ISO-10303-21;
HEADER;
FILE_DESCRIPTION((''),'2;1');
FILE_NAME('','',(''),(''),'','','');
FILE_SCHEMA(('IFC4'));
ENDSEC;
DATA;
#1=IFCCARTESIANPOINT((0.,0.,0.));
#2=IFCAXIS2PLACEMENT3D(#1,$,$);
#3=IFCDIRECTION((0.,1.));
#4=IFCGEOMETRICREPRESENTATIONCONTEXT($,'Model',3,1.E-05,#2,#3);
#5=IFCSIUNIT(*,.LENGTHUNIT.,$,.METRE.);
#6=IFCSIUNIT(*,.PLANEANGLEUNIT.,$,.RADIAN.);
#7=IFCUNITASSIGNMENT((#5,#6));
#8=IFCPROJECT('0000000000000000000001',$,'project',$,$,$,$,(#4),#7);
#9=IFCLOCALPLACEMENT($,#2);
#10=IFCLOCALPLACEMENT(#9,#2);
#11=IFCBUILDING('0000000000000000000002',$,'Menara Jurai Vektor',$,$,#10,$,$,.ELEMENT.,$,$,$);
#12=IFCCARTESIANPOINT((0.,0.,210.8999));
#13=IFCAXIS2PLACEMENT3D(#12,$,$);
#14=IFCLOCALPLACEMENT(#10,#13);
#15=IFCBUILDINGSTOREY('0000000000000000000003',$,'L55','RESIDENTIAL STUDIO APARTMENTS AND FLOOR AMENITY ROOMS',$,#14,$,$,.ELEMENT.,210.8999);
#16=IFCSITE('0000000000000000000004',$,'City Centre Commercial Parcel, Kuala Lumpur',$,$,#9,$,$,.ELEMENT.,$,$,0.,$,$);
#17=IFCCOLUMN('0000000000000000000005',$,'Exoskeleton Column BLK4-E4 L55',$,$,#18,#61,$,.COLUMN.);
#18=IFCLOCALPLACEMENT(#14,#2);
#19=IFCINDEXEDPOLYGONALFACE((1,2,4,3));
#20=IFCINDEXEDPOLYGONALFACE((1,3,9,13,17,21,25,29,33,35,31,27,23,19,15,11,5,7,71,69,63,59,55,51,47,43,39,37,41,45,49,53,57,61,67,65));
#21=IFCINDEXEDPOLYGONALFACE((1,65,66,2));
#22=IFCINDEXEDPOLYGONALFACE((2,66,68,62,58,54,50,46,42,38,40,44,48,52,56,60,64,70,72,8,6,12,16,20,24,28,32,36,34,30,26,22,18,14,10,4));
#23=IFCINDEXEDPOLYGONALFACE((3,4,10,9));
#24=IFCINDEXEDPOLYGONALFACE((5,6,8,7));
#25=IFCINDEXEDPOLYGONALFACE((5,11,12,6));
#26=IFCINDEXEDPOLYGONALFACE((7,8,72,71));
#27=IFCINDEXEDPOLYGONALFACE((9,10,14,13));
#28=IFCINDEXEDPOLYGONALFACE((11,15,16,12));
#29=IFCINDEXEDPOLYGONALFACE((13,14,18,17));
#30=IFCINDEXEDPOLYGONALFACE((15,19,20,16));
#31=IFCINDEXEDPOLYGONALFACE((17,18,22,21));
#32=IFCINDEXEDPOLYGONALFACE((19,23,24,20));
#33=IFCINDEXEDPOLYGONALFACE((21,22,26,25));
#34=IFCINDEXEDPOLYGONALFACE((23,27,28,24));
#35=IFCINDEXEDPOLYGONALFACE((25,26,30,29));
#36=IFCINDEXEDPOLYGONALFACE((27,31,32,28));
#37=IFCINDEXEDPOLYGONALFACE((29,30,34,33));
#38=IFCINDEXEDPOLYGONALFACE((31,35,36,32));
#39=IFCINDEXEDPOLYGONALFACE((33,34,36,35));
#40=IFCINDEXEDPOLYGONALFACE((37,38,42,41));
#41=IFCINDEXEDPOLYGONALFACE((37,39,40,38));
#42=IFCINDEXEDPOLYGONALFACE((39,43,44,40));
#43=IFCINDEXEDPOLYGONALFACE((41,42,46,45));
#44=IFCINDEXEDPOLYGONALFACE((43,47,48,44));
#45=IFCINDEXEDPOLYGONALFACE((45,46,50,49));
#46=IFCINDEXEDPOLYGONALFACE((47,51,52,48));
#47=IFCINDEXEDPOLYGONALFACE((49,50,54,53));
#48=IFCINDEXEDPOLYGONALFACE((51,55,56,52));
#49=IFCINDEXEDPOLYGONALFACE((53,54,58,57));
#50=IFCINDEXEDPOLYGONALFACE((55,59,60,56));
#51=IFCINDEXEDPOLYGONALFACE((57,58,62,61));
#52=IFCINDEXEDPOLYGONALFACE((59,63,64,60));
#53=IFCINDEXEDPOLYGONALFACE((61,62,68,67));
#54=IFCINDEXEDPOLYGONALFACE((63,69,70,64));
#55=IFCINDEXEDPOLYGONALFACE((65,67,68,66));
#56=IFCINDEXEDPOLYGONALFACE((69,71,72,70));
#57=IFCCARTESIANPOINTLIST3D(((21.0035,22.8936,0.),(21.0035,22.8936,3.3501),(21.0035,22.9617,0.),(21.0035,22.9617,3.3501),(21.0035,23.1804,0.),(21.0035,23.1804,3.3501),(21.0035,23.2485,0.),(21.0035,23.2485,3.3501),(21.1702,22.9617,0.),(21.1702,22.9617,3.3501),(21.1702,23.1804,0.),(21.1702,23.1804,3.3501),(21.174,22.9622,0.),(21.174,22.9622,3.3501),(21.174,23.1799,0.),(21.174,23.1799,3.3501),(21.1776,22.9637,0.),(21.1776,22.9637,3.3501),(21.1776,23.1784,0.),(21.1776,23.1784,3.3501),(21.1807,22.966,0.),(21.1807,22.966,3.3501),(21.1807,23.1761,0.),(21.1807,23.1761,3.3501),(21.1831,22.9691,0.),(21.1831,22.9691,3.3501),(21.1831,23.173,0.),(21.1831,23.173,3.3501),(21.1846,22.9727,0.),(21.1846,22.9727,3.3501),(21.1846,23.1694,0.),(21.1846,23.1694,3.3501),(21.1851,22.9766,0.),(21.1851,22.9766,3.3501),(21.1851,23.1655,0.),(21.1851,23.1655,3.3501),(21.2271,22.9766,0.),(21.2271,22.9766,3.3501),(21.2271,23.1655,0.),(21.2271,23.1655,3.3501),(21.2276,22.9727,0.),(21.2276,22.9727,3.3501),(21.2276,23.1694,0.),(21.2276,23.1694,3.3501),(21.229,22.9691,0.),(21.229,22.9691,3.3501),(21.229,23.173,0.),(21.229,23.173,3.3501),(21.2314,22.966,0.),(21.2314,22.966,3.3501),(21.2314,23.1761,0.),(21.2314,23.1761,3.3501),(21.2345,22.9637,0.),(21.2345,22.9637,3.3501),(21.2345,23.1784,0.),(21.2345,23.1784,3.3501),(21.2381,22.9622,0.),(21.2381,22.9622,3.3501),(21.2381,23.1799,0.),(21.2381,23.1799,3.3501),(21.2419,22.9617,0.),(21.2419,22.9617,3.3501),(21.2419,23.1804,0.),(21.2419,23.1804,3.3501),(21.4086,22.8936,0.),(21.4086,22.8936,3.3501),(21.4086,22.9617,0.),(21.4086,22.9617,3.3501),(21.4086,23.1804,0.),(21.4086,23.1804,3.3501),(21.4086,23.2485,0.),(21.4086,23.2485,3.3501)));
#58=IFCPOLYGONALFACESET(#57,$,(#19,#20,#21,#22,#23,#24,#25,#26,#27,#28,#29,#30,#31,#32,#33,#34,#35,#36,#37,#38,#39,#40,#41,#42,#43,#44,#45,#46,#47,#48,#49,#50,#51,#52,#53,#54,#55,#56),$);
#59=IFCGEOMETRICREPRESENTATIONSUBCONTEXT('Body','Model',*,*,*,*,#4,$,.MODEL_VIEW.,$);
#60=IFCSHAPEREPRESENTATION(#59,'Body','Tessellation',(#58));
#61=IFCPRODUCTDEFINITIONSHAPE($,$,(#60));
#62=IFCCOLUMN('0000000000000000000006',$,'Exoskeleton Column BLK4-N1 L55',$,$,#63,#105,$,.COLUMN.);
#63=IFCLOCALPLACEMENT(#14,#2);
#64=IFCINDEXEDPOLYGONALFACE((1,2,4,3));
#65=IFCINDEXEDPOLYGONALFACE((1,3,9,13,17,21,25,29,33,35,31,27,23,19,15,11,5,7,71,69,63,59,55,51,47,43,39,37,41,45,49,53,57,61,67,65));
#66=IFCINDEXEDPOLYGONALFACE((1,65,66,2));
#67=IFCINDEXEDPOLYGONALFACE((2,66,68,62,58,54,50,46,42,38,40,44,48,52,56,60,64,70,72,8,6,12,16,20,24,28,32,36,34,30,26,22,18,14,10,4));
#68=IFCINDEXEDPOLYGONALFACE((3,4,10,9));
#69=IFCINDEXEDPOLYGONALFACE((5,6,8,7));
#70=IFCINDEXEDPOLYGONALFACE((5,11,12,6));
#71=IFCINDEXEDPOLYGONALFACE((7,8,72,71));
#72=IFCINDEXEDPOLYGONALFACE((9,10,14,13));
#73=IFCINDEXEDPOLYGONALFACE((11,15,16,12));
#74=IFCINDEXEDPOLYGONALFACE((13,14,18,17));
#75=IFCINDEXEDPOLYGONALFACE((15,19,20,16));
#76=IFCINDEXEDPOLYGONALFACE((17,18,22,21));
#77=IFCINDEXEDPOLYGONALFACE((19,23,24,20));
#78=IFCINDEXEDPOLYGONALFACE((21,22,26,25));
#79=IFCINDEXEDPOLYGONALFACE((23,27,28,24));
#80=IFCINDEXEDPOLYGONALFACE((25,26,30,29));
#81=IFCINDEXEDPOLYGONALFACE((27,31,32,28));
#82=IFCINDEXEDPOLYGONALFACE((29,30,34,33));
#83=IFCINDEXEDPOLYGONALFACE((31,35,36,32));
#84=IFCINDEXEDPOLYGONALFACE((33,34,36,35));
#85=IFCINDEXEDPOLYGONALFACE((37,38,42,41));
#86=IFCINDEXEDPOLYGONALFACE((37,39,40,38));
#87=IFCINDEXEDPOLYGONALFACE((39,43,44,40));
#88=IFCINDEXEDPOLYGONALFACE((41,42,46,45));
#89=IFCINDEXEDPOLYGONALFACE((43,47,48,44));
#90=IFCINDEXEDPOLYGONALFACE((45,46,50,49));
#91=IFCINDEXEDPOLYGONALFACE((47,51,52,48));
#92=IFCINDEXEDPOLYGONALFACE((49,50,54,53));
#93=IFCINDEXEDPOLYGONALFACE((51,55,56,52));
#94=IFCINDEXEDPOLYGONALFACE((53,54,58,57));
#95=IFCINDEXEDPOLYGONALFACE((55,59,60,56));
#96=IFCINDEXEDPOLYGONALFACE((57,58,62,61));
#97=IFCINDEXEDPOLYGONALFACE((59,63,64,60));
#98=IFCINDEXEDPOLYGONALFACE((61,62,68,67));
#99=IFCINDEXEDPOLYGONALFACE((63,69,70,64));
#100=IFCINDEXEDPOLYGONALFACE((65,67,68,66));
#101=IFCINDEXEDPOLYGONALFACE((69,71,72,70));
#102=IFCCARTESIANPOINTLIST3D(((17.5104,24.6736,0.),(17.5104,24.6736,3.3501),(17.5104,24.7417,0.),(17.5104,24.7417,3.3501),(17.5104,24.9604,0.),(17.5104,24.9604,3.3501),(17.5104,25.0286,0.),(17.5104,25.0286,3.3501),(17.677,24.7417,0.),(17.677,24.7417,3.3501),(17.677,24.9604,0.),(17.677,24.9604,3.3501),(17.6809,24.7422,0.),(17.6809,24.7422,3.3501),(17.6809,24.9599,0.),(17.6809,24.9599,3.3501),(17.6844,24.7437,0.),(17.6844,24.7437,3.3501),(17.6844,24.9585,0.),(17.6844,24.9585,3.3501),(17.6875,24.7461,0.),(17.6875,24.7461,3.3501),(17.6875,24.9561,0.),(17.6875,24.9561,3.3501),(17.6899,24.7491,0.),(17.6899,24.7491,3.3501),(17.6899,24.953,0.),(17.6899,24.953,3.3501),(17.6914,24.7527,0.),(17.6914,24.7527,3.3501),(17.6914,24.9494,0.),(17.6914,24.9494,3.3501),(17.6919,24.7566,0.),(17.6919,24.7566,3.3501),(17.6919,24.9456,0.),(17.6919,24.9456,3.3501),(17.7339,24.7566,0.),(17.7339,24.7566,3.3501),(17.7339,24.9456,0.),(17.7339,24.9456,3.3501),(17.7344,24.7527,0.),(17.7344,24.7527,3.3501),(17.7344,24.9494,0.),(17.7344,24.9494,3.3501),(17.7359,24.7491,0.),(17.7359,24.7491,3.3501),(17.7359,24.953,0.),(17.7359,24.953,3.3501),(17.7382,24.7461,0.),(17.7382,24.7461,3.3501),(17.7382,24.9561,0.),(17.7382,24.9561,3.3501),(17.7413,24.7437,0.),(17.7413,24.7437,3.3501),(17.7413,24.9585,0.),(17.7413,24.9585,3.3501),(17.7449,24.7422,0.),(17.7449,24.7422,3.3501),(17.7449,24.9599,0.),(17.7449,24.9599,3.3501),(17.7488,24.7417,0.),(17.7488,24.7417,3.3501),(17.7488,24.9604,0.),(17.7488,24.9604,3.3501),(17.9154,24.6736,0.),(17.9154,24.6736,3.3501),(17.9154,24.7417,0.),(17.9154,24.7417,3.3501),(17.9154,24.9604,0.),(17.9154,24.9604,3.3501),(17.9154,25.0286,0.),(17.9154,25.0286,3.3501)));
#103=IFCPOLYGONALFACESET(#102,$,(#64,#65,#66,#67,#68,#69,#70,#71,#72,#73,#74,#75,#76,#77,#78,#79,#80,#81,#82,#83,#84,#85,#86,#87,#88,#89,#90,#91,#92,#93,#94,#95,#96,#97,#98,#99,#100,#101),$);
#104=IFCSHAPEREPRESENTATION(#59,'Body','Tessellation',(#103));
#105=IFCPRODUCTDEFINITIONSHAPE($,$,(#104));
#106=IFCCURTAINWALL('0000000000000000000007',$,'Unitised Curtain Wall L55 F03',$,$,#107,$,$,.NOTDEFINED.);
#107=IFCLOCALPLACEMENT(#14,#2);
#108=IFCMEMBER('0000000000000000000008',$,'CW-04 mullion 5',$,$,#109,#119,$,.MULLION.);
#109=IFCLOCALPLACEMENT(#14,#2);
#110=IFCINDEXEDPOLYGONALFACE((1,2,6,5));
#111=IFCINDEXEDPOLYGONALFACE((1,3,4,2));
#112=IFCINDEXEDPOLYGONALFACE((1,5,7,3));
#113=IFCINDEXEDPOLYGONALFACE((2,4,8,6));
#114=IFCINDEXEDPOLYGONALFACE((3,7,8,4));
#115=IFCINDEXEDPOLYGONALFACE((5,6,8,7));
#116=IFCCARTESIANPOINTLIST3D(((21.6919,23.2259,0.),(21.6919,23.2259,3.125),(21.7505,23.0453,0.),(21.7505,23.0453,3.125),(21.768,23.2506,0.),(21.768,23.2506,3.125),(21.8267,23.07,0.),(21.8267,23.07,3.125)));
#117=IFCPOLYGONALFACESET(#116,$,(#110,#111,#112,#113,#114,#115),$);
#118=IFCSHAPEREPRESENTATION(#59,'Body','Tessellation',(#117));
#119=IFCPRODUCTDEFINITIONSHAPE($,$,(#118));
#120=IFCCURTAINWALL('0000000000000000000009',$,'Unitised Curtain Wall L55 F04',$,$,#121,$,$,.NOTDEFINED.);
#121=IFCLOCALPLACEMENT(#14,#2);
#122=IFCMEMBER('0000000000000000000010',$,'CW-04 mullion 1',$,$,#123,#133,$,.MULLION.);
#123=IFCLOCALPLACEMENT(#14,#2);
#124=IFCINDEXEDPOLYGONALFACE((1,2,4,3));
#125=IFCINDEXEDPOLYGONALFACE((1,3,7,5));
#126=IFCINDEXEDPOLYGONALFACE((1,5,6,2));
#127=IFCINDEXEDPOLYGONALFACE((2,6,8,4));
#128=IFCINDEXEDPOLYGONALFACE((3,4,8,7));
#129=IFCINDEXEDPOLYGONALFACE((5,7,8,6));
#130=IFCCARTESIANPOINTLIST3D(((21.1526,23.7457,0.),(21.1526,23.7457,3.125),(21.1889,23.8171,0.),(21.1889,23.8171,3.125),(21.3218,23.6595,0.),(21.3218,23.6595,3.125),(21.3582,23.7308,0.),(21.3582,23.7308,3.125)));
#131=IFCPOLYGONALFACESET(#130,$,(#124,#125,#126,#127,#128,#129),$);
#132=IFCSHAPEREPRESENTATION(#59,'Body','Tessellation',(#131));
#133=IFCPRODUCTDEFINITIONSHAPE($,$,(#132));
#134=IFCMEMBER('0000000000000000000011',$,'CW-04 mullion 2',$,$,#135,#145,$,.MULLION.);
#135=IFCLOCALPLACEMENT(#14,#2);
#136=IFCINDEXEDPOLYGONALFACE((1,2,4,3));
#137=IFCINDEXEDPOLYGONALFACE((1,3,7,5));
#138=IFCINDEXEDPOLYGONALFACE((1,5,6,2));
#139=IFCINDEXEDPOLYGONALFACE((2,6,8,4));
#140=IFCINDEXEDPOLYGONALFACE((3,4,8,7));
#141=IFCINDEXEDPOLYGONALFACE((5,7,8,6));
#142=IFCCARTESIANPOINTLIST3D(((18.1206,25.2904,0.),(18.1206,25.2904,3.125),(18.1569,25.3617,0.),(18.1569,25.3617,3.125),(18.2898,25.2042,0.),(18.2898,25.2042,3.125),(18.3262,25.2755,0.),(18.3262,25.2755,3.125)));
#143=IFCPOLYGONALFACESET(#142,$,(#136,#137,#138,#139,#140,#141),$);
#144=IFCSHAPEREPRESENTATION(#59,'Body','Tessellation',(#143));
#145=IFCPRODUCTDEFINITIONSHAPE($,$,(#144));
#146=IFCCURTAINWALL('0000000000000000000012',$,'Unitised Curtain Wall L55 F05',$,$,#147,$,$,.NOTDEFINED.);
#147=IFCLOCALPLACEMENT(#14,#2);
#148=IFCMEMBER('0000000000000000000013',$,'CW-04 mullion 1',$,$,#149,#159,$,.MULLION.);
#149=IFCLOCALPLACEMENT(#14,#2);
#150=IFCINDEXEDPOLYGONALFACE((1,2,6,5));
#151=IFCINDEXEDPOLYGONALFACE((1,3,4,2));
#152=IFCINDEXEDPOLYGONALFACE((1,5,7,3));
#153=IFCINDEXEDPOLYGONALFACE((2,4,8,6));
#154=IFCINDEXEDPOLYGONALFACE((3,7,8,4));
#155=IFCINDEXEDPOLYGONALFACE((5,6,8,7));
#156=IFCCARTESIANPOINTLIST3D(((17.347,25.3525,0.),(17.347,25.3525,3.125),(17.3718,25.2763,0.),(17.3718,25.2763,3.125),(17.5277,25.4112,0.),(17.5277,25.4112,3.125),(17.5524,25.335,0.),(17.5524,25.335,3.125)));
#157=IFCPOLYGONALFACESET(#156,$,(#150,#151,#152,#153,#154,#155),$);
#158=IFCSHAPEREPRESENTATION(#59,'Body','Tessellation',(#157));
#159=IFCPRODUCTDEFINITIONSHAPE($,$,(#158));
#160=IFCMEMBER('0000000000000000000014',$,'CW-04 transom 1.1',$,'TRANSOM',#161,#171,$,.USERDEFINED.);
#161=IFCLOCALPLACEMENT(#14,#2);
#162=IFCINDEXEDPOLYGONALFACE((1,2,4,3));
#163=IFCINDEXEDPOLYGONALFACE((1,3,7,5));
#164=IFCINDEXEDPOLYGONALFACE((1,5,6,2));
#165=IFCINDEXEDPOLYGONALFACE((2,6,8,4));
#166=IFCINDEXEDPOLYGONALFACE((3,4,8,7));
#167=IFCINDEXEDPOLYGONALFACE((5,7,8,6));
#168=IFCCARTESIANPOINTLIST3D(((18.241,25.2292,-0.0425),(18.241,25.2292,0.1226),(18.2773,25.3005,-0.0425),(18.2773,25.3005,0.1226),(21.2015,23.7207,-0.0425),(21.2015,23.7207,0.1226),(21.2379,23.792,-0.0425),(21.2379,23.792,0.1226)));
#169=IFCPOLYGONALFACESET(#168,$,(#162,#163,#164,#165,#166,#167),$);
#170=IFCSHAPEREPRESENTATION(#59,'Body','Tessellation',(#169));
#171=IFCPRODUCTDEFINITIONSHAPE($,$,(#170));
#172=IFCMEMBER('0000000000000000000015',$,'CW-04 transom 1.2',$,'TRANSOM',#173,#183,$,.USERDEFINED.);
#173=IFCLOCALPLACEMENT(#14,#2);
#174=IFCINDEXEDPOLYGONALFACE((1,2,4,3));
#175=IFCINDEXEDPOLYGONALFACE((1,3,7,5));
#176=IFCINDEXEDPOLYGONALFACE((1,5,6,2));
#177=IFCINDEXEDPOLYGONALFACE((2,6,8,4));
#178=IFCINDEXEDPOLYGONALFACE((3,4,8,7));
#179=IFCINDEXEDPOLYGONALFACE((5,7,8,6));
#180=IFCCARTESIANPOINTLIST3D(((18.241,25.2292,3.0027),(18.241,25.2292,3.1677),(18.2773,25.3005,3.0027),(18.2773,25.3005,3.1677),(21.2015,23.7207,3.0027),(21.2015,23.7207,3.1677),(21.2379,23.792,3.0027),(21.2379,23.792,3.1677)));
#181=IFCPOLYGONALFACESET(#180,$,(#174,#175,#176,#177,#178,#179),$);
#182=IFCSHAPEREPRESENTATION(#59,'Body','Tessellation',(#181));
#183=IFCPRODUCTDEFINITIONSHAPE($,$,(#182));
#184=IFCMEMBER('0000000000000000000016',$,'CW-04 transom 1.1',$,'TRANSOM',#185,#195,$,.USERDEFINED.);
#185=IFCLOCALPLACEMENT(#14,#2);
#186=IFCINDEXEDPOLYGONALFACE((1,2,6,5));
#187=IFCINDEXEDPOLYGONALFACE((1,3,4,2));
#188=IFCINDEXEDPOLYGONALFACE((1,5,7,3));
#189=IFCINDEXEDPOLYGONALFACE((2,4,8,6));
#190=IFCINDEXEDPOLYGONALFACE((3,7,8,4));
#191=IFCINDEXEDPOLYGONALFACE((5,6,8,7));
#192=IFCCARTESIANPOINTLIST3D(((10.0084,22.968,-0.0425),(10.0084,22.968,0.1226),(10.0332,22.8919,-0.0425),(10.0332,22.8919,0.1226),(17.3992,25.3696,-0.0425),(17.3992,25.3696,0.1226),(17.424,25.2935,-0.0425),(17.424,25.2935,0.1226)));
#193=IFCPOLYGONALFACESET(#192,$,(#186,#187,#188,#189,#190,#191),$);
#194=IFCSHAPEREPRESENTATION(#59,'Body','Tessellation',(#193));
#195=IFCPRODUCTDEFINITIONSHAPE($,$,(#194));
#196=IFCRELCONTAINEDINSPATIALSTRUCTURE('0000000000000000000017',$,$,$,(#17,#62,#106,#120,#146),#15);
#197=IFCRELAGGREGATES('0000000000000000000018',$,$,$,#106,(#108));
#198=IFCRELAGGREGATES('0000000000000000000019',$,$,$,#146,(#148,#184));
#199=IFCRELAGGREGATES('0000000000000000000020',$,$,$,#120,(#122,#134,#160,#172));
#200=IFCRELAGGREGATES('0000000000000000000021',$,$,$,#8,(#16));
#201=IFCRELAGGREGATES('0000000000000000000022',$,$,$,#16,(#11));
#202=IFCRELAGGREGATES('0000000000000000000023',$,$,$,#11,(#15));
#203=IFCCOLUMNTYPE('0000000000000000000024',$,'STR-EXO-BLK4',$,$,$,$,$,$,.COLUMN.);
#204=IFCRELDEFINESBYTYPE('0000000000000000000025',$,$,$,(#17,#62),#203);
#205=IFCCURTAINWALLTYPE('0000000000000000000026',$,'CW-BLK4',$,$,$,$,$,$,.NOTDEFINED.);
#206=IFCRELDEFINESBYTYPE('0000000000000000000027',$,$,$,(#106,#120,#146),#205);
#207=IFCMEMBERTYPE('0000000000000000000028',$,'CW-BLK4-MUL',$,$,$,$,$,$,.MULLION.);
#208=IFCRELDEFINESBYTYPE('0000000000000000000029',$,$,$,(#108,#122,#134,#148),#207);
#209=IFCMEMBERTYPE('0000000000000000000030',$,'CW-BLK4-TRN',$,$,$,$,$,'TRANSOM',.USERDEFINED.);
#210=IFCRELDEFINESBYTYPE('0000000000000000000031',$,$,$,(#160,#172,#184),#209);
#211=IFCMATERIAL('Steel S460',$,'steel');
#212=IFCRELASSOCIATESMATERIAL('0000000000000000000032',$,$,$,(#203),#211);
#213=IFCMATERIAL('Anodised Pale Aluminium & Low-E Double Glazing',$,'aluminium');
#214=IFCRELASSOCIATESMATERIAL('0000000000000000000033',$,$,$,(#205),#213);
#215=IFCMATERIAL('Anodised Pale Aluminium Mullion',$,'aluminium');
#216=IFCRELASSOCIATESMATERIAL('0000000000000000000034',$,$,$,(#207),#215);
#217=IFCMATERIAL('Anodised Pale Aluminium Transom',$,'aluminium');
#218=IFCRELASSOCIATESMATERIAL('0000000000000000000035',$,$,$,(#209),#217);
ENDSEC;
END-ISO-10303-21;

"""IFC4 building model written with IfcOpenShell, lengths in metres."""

from ifc_helpers import new_model, si_unit, direction, frame, origin, origin_2d, place, context, subcontext, project, spatial, rectangle, i_section, extrude, material, material_profile, profile_set, type_object, element, aggregate, save


model = new_model("IFC4")

# Units and contexts
model_context = context("Model", 3, precision=1e-05, world=origin(), true_north=direction((0.0, 1.0)))
body_context = subcontext(model_context, "Body", "Model", "MODEL_VIEW")
ifc_project = project(units=[si_unit("LENGTHUNIT", "METRE"), si_unit("PLANEANGLEUNIT", "RADIAN")], contexts=[model_context])

# Site, building, storey
site_placement = place(None, origin())
site = spatial("IfcSite", under=ifc_project, at=site_placement, Name="City Centre Commercial Parcel, Kuala Lumpur", CompositionType="ELEMENT", RefElevation=0.0)
building_placement = place(site_placement, origin())
building = spatial("IfcBuilding", under=site, at=building_placement, Name="Menara Jurai Vektor", CompositionType="ELEMENT")
storey_placement = place(building_placement, frame((0.0, 0.0, 210.8999)))
storey = spatial("IfcBuildingStorey", under=building, at=storey_placement, Name="L55", Description="RESIDENTIAL STUDIO APARTMENTS AND FLOOR AMENITY ROOMS", CompositionType="ELEMENT", Elevation=210.8999)

# Columns
ifc_material_1 = material(Name="Steel S460", Category="steel")
ifc_material_profile_1 = material_profile(ifc_material_1, i_section(OverallWidth=0.405, OverallDepth=0.355, WebThickness=0.042, FlangeThickness=0.0681, FilletRadius=0.0149, at=origin_2d()), Name="HD 400x551")
ifc_profile_set_1 = profile_set([ifc_material_profile_1], Name="Steel S460")
column_type = type_object("IfcColumnType", Name="STR-EXO-BLK4", PredefinedType="COLUMN", material=ifc_profile_set_1)
for number, where, z_axis, x_axis, name in (
    (1, (21.2061, 23.071, 0.0), (0.0, 0.0, 1.0), (1.0, 0.0, 0.0), "Exoskeleton Column BLK4-E4 L55"),
    (2, (17.7129, 24.8511, 0.0), (0.0, 0.0, 1.0), (1.0, 0.0, 0.0), "Exoskeleton Column BLK4-N1 L55"),
):
    element("IfcColumn", number, at=place(storey_placement, frame(where, z_axis=z_axis, x_axis=x_axis)), inside=storey, type_object=column_type, Name=name, PredefinedType="COLUMN", context=body_context, shape_type="SweptSolid", body=[
        extrude(i_section(OverallWidth=0.405, OverallDepth=0.355, WebThickness=0.042, FlangeThickness=0.0681, FilletRadius=0.0149, at=origin_2d()), origin(), (0.0, 0.0, 1.0), 3.3501),
    ])

# Curtain wall, member
ifc_material_2 = material(Name="Anodised Pale Aluminium & Low-E Double Glazing", Category="aluminium")
curtain_wall_type = type_object("IfcCurtainWallType", Name="CW-BLK4", PredefinedType="NOTDEFINED", material=ifc_material_2)
curtain_wall_1_placement = place(storey_placement, origin())
curtain_wall_1 = element("IfcCurtainWall", 3, at=curtain_wall_1_placement, inside=storey, type_object=curtain_wall_type, Name="Unitised Curtain Wall L55 F03", PredefinedType="NOTDEFINED")
ifc_material_3 = material(Name="Anodised Pale Aluminium Mullion", Category="aluminium")
ifc_material_profile_2 = material_profile(ifc_material_3, rectangle(XDim=0.0801, YDim=0.1899, at=origin_2d()), Name="ALU MUL 80x190")
ifc_profile_set_2 = profile_set([ifc_material_profile_2], Name="Anodised Pale Aluminium Mullion")
member_type_1 = type_object("IfcMemberType", Name="CW-BLK4-MUL", PredefinedType="MULLION", material=ifc_profile_set_2)
member_1_placement = place(storey_placement, frame((21.7593, 23.1479, 0.0), z_axis=(0.0, 0.0, 1.0), x_axis=(-0.951057, -0.309016, 0.0)))
member_1 = element("IfcMember", 4, at=member_1_placement, type_object=member_type_1, Name="CW-04 mullion 5", PredefinedType="MULLION", context=body_context, shape_type="SweptSolid", body=[
    extrude(rectangle(XDim=0.0801, YDim=0.1899, at=origin_2d()), origin(), (0.0, 0.0, 1.0), 3.125),
])

# Curtain wall, members
curtain_wall_2_placement = place(storey_placement, origin())
curtain_wall_2 = element("IfcCurtainWall", 5, at=curtain_wall_2_placement, inside=storey, type_object=curtain_wall_type, Name="Unitised Curtain Wall L55 F04", PredefinedType="NOTDEFINED")
member_2_placement = place(storey_placement, frame((21.2554, 23.7383, 0.0), z_axis=(0.0, 0.0, 1.0), x_axis=(-0.453989, -0.891008, 0.0)))
member_2 = element("IfcMember", 6, at=member_2_placement, type_object=member_type_1, Name="CW-04 mullion 1", PredefinedType="MULLION", context=body_context, shape_type="SweptSolid", body=[
    extrude(rectangle(XDim=0.0801, YDim=0.1899, at=origin_2d()), origin(), (0.0, 0.0, 1.0), 3.125),
])
member_3_placement = place(storey_placement, frame((18.2234, 25.283, 0.0), z_axis=(0.0, 0.0, 1.0), x_axis=(-0.453989, -0.891008, 0.0)))
member_3 = element("IfcMember", 7, at=member_3_placement, type_object=member_type_1, Name="CW-04 mullion 2", PredefinedType="MULLION", context=body_context, shape_type="SweptSolid", body=[
    extrude(rectangle(XDim=0.0801, YDim=0.1899, at=origin_2d()), origin(), (0.0, 0.0, 1.0), 3.125),
])

# Curtain wall, member
curtain_wall_3_placement = place(storey_placement, origin())
curtain_wall_3 = element("IfcCurtainWall", 8, at=curtain_wall_3_placement, inside=storey, type_object=curtain_wall_type, Name="Unitised Curtain Wall L55 F05", PredefinedType="NOTDEFINED")
member_4_placement = place(storey_placement, frame((17.4497, 25.3438, 0.0), z_axis=(0.0, 0.0, 1.0), x_axis=(0.309017, -0.951056, 0.0)))
member_4 = element("IfcMember", 9, at=member_4_placement, type_object=member_type_1, Name="CW-04 mullion 1", PredefinedType="MULLION", context=body_context, shape_type="SweptSolid", body=[
    extrude(rectangle(XDim=0.0801, YDim=0.1899, at=origin_2d()), origin(), (0.0, 0.0, 1.0), 3.125),
])

# Members
ifc_material_4 = material(Name="Anodised Pale Aluminium Transom", Category="aluminium")
ifc_material_profile_3 = material_profile(ifc_material_4, rectangle(XDim=0.0801, YDim=0.165, at=origin_2d()), Name="ALU TRN 80x165")
ifc_profile_set_3 = profile_set([ifc_material_profile_3], Name="Anodised Pale Aluminium Transom")
member_type_2 = type_object("IfcMemberType", Name="CW-BLK4-TRN", ElementType="TRANSOM", PredefinedType="USERDEFINED", material=ifc_profile_set_3)
member_5_placement = place(storey_placement, frame((21.2197, 23.7563, 0.04), z_axis=(-0.891007, 0.45399, 0.0), x_axis=(-0.45399, -0.891007, 0.0)))
member_5 = element("IfcMember", 10, at=member_5_placement, type_object=member_type_2, Name="CW-04 transom 1.1", ObjectType="TRANSOM", PredefinedType="USERDEFINED", context=body_context, shape_type="SweptSolid", body=[
    extrude(rectangle(XDim=0.0801, YDim=0.165, at=origin_2d()), origin(), (0.0, 0.0, 1.0), 3.3228),
])
member_6_placement = place(storey_placement, frame((21.2197, 23.7563, 3.0852), z_axis=(-0.891007, 0.45399, 0.0), x_axis=(-0.45399, -0.891007, 0.0)))
member_6 = element("IfcMember", 11, at=member_6_placement, type_object=member_type_2, Name="CW-04 transom 1.2", ObjectType="TRANSOM", PredefinedType="USERDEFINED", context=body_context, shape_type="SweptSolid", body=[
    extrude(rectangle(XDim=0.0801, YDim=0.165, at=origin_2d()), origin(), (0.0, 0.0, 1.0), 3.3228),
])
member_7_placement = place(storey_placement, frame((17.4116, 25.3315, 0.04), z_axis=(-0.95105, -0.309037, 0.0), x_axis=(0.309037, -0.95105, 0.0)))
member_7 = element("IfcMember", 12, at=member_7_placement, type_object=member_type_2, Name="CW-04 transom 1.1", ObjectType="TRANSOM", PredefinedType="USERDEFINED", context=body_context, shape_type="SweptSolid", body=[
    extrude(rectangle(XDim=0.0801, YDim=0.165, at=origin_2d()), origin(), (0.0, 0.0, 1.0), 7.7712),
])

aggregate(curtain_wall_1, [member_1])
aggregate(curtain_wall_3, [member_4, member_7])
aggregate(curtain_wall_2, [member_2, member_3, member_5, member_6])

save(model, "model.ifc")
